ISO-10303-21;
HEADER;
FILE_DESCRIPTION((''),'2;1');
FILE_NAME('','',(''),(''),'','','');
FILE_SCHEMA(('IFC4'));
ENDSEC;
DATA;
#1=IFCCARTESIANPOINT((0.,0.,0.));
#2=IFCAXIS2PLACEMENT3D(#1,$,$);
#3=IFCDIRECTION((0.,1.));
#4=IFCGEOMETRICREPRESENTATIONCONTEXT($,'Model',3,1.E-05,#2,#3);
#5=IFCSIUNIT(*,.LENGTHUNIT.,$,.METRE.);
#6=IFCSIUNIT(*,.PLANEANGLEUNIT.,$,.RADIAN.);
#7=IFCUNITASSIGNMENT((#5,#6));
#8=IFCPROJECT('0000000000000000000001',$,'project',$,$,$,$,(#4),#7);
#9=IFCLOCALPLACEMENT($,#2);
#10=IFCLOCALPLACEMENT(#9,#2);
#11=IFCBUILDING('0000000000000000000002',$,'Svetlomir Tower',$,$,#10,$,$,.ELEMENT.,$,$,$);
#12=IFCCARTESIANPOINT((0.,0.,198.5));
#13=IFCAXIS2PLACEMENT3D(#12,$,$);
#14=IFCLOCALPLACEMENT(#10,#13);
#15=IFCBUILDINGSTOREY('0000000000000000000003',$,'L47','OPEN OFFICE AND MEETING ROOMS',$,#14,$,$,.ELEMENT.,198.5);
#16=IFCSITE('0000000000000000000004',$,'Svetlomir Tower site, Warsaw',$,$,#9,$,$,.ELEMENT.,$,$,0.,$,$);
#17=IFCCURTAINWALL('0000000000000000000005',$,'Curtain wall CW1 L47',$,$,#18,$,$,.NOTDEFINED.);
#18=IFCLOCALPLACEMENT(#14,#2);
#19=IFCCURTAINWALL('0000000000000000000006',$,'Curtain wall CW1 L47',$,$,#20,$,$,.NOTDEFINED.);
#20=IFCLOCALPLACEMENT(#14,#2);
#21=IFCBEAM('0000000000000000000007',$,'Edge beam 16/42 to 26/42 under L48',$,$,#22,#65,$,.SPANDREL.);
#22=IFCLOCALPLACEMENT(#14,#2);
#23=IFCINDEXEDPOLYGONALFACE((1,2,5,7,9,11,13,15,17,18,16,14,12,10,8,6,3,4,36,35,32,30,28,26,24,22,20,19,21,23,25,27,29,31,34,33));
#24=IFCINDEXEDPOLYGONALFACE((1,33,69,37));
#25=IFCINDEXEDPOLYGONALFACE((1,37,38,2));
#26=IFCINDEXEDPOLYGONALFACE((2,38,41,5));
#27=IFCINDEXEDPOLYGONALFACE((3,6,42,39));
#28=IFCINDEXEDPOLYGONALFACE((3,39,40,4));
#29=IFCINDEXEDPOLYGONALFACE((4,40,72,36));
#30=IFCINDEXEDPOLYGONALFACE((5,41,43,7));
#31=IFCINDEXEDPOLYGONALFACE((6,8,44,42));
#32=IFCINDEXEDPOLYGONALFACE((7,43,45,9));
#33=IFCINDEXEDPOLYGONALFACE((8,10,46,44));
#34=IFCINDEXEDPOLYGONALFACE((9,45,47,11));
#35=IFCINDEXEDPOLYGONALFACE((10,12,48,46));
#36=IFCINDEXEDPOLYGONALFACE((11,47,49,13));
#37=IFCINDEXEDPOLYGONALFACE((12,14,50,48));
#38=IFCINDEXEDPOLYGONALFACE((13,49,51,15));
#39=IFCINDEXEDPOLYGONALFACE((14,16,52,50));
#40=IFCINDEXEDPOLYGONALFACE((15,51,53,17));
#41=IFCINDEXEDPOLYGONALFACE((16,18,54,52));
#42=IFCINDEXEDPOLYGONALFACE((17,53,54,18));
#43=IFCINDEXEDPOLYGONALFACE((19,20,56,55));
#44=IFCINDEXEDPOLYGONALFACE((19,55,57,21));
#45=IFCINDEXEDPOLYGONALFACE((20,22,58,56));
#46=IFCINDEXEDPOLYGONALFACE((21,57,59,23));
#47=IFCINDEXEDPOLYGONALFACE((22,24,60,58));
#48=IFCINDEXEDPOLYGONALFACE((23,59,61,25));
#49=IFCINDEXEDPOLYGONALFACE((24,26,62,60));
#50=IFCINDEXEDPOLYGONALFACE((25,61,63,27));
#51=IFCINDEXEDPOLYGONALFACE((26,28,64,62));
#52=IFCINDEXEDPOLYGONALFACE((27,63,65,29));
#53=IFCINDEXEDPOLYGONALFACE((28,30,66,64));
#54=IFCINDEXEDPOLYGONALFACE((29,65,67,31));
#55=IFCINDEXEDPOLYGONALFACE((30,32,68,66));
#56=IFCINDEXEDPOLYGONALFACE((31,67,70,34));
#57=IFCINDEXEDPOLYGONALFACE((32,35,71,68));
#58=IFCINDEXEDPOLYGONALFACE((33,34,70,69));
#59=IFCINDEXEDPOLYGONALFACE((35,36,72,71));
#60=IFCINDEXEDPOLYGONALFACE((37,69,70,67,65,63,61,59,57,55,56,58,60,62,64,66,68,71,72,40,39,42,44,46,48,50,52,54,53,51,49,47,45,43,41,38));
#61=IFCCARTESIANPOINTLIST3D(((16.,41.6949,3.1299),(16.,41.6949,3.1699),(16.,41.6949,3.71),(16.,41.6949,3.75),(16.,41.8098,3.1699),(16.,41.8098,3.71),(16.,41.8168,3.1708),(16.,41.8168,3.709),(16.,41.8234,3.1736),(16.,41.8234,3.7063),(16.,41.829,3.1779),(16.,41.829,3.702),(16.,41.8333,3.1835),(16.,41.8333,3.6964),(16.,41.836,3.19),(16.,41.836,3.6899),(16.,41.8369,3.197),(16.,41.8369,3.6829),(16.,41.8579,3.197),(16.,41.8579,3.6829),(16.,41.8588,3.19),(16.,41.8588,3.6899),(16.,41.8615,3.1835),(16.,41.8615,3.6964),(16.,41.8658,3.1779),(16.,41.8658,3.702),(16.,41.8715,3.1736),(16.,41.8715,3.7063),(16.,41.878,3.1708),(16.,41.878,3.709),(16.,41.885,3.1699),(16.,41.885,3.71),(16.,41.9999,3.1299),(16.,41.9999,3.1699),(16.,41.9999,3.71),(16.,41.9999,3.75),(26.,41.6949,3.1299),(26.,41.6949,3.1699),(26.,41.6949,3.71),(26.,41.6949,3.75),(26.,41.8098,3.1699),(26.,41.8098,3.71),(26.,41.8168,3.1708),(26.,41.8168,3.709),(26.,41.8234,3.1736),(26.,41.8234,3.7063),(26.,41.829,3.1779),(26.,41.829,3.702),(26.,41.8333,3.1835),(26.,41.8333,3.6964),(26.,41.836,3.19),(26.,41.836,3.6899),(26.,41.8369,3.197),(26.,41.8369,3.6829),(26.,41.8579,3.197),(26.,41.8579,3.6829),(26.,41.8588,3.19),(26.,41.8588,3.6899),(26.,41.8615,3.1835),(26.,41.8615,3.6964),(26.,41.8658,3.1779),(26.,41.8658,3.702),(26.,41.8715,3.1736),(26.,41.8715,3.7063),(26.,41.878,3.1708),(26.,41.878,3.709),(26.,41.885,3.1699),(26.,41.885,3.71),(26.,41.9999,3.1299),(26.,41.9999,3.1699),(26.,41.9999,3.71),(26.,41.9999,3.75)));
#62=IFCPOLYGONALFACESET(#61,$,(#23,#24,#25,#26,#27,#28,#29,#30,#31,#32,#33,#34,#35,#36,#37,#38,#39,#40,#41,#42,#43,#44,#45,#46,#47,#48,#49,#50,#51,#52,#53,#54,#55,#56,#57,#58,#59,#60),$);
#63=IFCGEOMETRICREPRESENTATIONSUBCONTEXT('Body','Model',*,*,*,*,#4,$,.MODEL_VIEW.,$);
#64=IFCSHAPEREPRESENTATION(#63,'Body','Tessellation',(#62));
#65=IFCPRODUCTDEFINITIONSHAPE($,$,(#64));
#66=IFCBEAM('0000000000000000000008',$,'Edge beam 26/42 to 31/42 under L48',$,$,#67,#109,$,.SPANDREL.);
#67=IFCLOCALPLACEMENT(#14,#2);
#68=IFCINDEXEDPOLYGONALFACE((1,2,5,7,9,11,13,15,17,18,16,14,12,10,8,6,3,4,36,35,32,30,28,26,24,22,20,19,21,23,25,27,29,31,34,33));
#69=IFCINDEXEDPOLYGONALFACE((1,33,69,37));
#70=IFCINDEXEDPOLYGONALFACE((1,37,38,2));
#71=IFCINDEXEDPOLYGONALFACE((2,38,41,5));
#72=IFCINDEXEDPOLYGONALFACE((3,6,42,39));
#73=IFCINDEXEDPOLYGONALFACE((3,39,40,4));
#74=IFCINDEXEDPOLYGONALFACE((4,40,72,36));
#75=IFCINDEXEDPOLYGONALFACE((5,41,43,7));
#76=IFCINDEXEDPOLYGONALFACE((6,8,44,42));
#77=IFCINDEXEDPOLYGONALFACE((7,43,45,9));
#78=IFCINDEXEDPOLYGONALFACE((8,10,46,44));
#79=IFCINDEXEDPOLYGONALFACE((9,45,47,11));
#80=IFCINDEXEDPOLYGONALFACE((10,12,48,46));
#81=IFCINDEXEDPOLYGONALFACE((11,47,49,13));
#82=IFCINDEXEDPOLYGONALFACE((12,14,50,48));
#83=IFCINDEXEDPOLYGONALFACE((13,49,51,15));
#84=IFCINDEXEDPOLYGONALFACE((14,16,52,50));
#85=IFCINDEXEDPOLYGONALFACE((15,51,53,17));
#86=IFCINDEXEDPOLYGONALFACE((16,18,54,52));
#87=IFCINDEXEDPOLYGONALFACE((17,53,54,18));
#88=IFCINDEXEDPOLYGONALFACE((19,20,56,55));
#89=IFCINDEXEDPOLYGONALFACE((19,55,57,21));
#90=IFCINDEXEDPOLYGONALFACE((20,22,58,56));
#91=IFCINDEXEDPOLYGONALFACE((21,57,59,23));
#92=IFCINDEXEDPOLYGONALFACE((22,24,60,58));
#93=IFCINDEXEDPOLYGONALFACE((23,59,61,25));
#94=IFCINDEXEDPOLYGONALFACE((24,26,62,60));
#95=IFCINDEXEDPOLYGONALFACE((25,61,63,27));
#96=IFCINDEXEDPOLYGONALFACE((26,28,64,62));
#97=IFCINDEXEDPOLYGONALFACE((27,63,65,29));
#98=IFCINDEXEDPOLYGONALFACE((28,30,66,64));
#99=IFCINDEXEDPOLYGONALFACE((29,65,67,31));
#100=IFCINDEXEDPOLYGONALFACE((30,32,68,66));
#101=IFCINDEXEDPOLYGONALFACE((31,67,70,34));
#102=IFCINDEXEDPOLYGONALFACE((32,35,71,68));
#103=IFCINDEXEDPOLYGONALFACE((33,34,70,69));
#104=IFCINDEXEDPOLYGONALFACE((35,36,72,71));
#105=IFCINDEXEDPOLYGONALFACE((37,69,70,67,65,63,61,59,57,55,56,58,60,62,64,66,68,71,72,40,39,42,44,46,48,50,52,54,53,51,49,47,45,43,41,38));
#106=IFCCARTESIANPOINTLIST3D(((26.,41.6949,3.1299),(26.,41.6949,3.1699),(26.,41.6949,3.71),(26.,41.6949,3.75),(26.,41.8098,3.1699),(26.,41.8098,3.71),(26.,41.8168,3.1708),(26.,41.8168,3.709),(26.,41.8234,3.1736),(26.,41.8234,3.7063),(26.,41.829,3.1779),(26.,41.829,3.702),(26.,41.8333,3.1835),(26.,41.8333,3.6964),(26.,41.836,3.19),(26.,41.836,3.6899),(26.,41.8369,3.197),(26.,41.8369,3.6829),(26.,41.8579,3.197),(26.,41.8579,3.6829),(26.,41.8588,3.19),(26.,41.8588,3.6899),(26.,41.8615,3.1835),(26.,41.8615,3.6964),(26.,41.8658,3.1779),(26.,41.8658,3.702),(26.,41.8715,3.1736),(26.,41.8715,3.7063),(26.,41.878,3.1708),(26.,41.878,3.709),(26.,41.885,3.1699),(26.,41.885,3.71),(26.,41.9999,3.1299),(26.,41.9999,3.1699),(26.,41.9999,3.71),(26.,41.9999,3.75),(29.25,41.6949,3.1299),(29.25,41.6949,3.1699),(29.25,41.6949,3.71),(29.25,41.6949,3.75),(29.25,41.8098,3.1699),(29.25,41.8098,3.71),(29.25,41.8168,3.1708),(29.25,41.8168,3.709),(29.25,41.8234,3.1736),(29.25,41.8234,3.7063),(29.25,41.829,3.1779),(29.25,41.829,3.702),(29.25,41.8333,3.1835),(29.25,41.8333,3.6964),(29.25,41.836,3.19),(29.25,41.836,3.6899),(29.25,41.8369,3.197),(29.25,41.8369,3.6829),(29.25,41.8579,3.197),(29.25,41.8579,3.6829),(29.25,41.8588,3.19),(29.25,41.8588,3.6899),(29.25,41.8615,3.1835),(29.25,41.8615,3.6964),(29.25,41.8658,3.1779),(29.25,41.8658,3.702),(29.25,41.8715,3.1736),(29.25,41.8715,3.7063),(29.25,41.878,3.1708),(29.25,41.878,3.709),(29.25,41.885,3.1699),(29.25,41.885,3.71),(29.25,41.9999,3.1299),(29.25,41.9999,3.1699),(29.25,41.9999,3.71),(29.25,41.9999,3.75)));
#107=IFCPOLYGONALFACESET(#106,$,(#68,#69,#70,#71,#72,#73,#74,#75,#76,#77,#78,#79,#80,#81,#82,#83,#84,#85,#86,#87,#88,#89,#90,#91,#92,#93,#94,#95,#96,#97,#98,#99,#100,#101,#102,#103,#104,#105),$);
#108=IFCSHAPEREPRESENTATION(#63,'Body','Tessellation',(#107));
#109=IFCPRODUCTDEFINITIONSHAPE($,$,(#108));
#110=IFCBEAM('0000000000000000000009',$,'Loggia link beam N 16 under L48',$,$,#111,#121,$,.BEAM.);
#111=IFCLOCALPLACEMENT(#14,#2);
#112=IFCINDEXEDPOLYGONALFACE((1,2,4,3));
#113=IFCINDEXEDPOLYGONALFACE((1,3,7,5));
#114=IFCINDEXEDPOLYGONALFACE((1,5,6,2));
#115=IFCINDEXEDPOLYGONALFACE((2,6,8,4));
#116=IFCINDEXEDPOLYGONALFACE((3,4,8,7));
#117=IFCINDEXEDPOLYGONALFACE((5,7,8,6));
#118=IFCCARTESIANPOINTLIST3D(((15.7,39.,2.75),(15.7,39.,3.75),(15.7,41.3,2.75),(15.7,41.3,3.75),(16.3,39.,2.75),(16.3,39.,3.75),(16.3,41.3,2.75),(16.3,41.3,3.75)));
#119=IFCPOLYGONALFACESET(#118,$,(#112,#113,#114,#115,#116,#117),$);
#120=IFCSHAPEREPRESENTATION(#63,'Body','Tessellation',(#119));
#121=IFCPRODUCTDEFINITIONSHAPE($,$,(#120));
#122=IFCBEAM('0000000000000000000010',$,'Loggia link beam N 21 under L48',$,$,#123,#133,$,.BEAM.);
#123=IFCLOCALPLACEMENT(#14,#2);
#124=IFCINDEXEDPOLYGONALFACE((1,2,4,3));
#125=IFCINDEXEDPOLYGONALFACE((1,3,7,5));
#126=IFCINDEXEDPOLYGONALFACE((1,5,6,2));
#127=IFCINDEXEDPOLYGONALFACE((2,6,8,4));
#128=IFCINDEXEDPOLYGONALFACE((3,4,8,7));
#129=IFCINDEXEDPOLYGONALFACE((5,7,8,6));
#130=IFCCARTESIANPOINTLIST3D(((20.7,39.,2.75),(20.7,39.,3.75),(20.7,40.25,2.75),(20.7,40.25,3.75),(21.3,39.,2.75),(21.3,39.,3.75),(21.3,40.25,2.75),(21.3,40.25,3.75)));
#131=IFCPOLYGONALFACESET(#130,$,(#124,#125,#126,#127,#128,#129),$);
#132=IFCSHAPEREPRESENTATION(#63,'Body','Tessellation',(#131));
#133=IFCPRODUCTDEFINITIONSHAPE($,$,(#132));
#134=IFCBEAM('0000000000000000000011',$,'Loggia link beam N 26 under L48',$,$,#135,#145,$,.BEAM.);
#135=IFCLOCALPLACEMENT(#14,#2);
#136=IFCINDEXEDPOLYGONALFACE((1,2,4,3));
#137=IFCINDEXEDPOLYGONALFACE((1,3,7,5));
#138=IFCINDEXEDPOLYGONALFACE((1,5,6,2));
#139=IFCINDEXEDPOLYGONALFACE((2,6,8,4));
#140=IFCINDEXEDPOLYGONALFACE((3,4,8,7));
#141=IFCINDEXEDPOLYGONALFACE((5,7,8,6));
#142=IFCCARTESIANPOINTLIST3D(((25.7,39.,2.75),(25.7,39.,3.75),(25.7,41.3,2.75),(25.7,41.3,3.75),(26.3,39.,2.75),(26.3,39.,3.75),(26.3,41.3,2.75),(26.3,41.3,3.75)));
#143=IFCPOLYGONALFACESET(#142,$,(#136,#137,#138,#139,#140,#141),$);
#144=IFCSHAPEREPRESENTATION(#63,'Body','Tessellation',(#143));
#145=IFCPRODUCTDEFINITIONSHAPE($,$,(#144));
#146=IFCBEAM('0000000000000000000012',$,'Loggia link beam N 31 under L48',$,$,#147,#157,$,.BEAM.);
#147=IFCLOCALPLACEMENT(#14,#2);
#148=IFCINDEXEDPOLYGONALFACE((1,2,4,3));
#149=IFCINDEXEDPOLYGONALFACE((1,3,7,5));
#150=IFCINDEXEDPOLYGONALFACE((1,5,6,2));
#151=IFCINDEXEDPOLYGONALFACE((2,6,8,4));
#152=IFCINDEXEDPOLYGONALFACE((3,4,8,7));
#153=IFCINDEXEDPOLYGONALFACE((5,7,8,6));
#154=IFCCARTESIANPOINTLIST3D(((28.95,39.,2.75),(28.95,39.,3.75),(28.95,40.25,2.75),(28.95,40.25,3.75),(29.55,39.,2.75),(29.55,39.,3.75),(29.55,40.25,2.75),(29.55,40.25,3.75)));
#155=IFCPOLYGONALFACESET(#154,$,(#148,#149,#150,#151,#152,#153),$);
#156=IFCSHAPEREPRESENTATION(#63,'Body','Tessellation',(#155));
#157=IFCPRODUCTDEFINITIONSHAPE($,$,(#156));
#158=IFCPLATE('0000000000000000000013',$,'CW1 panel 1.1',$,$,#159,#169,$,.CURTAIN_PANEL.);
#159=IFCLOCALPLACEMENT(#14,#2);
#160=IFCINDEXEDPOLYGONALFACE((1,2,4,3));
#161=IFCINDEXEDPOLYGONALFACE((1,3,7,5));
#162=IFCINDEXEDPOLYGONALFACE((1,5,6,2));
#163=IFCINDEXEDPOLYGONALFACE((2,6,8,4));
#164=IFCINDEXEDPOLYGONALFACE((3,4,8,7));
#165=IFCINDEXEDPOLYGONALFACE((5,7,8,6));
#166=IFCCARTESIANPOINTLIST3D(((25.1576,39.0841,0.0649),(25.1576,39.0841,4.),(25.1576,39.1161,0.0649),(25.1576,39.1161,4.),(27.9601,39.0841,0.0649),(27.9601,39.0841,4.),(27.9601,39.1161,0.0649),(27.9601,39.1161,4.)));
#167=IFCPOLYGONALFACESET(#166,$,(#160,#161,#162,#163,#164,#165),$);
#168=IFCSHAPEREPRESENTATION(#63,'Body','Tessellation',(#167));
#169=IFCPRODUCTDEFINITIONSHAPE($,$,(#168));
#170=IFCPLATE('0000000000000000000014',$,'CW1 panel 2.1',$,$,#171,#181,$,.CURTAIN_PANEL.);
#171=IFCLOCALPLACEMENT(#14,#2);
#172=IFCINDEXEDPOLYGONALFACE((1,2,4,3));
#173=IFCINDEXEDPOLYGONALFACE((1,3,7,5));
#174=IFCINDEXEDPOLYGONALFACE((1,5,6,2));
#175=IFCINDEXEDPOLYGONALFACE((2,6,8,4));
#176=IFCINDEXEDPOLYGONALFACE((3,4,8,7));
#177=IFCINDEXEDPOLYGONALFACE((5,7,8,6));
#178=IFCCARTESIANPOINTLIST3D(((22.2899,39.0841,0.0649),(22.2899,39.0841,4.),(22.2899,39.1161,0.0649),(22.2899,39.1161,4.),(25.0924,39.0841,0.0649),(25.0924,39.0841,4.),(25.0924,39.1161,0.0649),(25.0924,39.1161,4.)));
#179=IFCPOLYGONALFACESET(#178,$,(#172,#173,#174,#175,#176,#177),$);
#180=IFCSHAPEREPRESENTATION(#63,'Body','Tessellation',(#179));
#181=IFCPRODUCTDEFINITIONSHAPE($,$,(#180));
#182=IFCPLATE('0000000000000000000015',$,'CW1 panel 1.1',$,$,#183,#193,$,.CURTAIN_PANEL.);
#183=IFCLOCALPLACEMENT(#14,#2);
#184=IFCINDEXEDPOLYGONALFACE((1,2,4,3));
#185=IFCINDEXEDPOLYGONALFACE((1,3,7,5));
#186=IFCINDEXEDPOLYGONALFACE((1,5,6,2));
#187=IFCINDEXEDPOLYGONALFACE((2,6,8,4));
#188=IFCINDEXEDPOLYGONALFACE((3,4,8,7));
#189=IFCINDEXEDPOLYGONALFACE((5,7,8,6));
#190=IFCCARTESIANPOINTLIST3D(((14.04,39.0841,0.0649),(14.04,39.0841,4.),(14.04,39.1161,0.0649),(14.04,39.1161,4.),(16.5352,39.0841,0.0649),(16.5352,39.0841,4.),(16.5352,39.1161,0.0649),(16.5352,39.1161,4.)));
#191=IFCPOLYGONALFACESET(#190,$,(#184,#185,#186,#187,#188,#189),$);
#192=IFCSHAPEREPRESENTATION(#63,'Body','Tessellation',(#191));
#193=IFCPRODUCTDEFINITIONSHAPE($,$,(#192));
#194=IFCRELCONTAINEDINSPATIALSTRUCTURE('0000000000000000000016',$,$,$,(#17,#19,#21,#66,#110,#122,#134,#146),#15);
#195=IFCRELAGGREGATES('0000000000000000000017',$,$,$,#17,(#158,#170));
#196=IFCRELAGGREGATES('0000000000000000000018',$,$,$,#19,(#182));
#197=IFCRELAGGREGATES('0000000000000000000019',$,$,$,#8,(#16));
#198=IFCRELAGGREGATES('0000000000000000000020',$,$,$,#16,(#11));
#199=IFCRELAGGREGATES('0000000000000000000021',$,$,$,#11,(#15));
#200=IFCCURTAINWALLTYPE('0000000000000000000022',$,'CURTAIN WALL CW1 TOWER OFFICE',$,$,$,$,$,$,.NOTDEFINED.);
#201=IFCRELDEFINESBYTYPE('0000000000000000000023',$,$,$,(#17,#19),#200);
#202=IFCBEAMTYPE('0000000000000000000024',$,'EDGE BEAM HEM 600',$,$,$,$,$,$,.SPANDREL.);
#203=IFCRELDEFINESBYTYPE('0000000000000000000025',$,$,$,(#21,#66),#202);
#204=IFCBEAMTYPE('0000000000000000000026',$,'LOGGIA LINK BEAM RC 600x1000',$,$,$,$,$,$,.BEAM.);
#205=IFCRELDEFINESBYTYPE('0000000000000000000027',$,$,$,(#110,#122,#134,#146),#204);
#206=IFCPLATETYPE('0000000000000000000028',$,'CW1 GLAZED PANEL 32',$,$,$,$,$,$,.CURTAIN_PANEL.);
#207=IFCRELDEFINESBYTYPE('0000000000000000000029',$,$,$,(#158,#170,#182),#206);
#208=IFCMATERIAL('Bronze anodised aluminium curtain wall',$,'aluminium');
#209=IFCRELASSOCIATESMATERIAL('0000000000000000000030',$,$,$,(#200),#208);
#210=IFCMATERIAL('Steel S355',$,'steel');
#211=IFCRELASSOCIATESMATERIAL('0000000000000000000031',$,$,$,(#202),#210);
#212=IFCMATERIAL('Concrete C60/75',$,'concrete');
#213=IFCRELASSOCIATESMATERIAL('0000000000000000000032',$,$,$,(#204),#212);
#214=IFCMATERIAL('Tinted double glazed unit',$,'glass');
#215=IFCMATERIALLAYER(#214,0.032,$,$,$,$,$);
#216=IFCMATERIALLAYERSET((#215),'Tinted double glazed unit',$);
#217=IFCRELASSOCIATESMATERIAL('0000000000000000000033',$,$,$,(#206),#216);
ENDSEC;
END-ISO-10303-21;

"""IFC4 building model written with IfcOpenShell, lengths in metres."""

from ifc_helpers import new_model, si_unit, direction, frame, origin, origin_2d, place, context, subcontext, project, spatial, rectangle, i_section, extrude, material, layer, layer_set, material_profile, profile_set, type_object, element, aggregate, save


model = new_model("IFC4")

# Units and contexts
model_context = context("Model", 3, precision=1e-05, world=origin(), true_north=direction((0.0, 1.0)))
body_context = subcontext(model_context, "Body", "Model", "MODEL_VIEW")
ifc_project = project(units=[si_unit("LENGTHUNIT", "METRE"), si_unit("PLANEANGLEUNIT", "RADIAN")], contexts=[model_context])

# Site, building, storey
site_placement = place(None, origin())
site = spatial("IfcSite", under=ifc_project, at=site_placement, Name="Svetlomir Tower site, Warsaw", CompositionType="ELEMENT", RefElevation=0.0)
building_placement = place(site_placement, origin())
building = spatial("IfcBuilding", under=site, at=building_placement, Name="Svetlomir Tower", CompositionType="ELEMENT")
storey_placement = place(building_placement, frame((0.0, 0.0, 198.5)))
storey = spatial("IfcBuildingStorey", under=building, at=storey_placement, Name="L47", Description="OPEN OFFICE AND MEETING ROOMS", CompositionType="ELEMENT", Elevation=198.5)

# Curtain wall
ifc_material_1 = material(Name="Bronze anodised aluminium curtain wall", Category="aluminium")
curtain_wall_type = type_object("IfcCurtainWallType", Name="CURTAIN WALL CW1 TOWER OFFICE", PredefinedType="NOTDEFINED", material=ifc_material_1)
curtain_wall_1_placement = place(storey_placement, origin())
curtain_wall_1 = element("IfcCurtainWall", 1, at=curtain_wall_1_placement, inside=storey, type_object=curtain_wall_type, Name="Curtain wall CW1 L47", PredefinedType="NOTDEFINED")

# Curtain wall
curtain_wall_2_placement = place(storey_placement, origin())
curtain_wall_2 = element("IfcCurtainWall", 2, at=curtain_wall_2_placement, inside=storey, type_object=curtain_wall_type, Name="Curtain wall CW1 L47", PredefinedType="NOTDEFINED")

# Beams
ifc_material_2 = material(Name="Steel S355", Category="steel")
ifc_material_profile_1 = material_profile(ifc_material_2, i_section(OverallWidth=0.3049, OverallDepth=0.6201, WebThickness=0.021, FlangeThickness=0.04, FilletRadius=0.0271, at=origin_2d()), Name="HEM 600")
ifc_profile_set_1 = profile_set([ifc_material_profile_1], Name="Steel S355")
beam_type_1 = type_object("IfcBeamType", Name="EDGE BEAM HEM 600", PredefinedType="SPANDREL", material=ifc_profile_set_1)
beam_1_placement = place(storey_placement, frame((16.0, 41.8474, 3.4399), z_axis=(1.0, 0.0, 0.0), x_axis=(0.0, 1.0, 0.0)))
element("IfcBeam", 3, at=beam_1_placement, inside=storey, type_object=beam_type_1, Name="Edge beam 16/42 to 26/42 under L48", PredefinedType="SPANDREL", context=body_context, shape_type="SweptSolid", body=[
    extrude(i_section(OverallWidth=0.3049, OverallDepth=0.6201, WebThickness=0.021, FlangeThickness=0.04, FilletRadius=0.0271, at=origin_2d()), origin(), (0.0, 0.0, 1.0), 10.0),
])
beam_2_placement = place(storey_placement, frame((26.0, 41.8474, 3.4399), z_axis=(1.0, 0.0, 0.0), x_axis=(0.0, 1.0, 0.0)))
element("IfcBeam", 4, at=beam_2_placement, inside=storey, type_object=beam_type_1, Name="Edge beam 26/42 to 31/42 under L48", PredefinedType="SPANDREL", context=body_context, shape_type="SweptSolid", body=[
    extrude(i_section(OverallWidth=0.3049, OverallDepth=0.6201, WebThickness=0.021, FlangeThickness=0.04, FilletRadius=0.0271, at=origin_2d()), origin(), (0.0, 0.0, 1.0), 3.25),
])
ifc_material_3 = material(Name="Concrete C60/75", Category="concrete")
ifc_material_profile_2 = material_profile(ifc_material_3, rectangle(XDim=0.6001, YDim=1.0, at=origin_2d()), Name="RC 600x1000")
ifc_profile_set_2 = profile_set([ifc_material_profile_2], Name="Concrete C60/75")
beam_type_2 = type_object("IfcBeamType", Name="LOGGIA LINK BEAM RC 600x1000", PredefinedType="BEAM", material=ifc_profile_set_2)
beam_3_placement = place(storey_placement, frame((16.0, 41.3, 3.25), z_axis=(0.0, -1.0, 0.0), x_axis=(1.0, 0.0, 0.0)))
element("IfcBeam", 5, at=beam_3_placement, inside=storey, type_object=beam_type_2, Name="Loggia link beam N 16 under L48", PredefinedType="BEAM", context=body_context, shape_type="SweptSolid", body=[
    extrude(rectangle(XDim=0.6001, YDim=1.0, at=origin_2d()), origin(), (0.0, 0.0, 1.0), 2.3),
])
beam_4_placement = place(storey_placement, frame((21.0, 40.25, 3.25), z_axis=(0.0, -1.0, 0.0), x_axis=(1.0, 0.0, 0.0)))
element("IfcBeam", 6, at=beam_4_placement, inside=storey, type_object=beam_type_2, Name="Loggia link beam N 21 under L48", PredefinedType="BEAM", context=body_context, shape_type="SweptSolid", body=[
    extrude(rectangle(XDim=0.6001, YDim=1.0, at=origin_2d()), origin(), (0.0, 0.0, 1.0), 1.25),
])
beam_5_placement = place(storey_placement, frame((26.0, 41.3, 3.25), z_axis=(0.0, -1.0, 0.0), x_axis=(1.0, 0.0, 0.0)))
element("IfcBeam", 7, at=beam_5_placement, inside=storey, type_object=beam_type_2, Name="Loggia link beam N 26 under L48", PredefinedType="BEAM", context=body_context, shape_type="SweptSolid", body=[
    extrude(rectangle(XDim=0.6001, YDim=1.0, at=origin_2d()), origin(), (0.0, 0.0, 1.0), 2.3),
])
beam_6_placement = place(storey_placement, frame((29.25, 40.25, 3.25), z_axis=(0.0, -1.0, 0.0), x_axis=(1.0, 0.0, 0.0)))
element("IfcBeam", 8, at=beam_6_placement, inside=storey, type_object=beam_type_2, Name="Loggia link beam N 31 under L48", PredefinedType="BEAM", context=body_context, shape_type="SweptSolid", body=[
    extrude(rectangle(XDim=0.6001, YDim=1.0, at=origin_2d()), origin(), (0.0, 0.0, 1.0), 1.25),
])

# Plates
ifc_material_4 = material(Name="Tinted double glazed unit", Category="glass")
ifc_layer_1 = layer(ifc_material_4, 0.032)
ifc_layer_set_1 = layer_set([ifc_layer_1], Name="Tinted double glazed unit")
plate_type = type_object("IfcPlateType", Name="CW1 GLAZED PANEL 32", PredefinedType="CURTAIN_PANEL", material=ifc_layer_set_1)
plate_1_placement = place(storey_placement, frame((26.5588, 39.1001, 0.0649), z_axis=(0.0, 0.0, 1.0), x_axis=(-1.0, 0.0, 0.0)))
plate_1 = element("IfcPlate", 9, at=plate_1_placement, type_object=plate_type, Name="CW1 panel 1.1", PredefinedType="CURTAIN_PANEL", context=body_context, shape_type="SweptSolid", body=[
    extrude(rectangle(XDim=2.8025, YDim=0.032, at=origin_2d()), origin(), (0.0, 0.0, 1.0), 3.9351),
])
plate_2_placement = place(storey_placement, frame((23.6912, 39.1001, 0.0649), z_axis=(0.0, 0.0, 1.0), x_axis=(-1.0, 0.0, 0.0)))
plate_2 = element("IfcPlate", 10, at=plate_2_placement, type_object=plate_type, Name="CW1 panel 2.1", PredefinedType="CURTAIN_PANEL", context=body_context, shape_type="SweptSolid", body=[
    extrude(rectangle(XDim=2.8025, YDim=0.032, at=origin_2d()), origin(), (0.0, 0.0, 1.0), 3.9351),
])
aggregate(curtain_wall_1, [plate_1, plate_2])
plate_3_placement = place(storey_placement, frame((15.2876, 39.1001, 0.0649), z_axis=(0.0, 0.0, 1.0), x_axis=(-1.0, 0.0, 0.0)))
plate_3 = element("IfcPlate", 11, at=plate_3_placement, type_object=plate_type, Name="CW1 panel 1.1", PredefinedType="CURTAIN_PANEL", context=body_context, shape_type="SweptSolid", body=[
    extrude(rectangle(XDim=2.4951, YDim=0.032, at=origin_2d()), origin(), (0.0, 0.0, 1.0), 3.9351),
])
aggregate(curtain_wall_2, [plate_3])

save(model, "model.ifc")
